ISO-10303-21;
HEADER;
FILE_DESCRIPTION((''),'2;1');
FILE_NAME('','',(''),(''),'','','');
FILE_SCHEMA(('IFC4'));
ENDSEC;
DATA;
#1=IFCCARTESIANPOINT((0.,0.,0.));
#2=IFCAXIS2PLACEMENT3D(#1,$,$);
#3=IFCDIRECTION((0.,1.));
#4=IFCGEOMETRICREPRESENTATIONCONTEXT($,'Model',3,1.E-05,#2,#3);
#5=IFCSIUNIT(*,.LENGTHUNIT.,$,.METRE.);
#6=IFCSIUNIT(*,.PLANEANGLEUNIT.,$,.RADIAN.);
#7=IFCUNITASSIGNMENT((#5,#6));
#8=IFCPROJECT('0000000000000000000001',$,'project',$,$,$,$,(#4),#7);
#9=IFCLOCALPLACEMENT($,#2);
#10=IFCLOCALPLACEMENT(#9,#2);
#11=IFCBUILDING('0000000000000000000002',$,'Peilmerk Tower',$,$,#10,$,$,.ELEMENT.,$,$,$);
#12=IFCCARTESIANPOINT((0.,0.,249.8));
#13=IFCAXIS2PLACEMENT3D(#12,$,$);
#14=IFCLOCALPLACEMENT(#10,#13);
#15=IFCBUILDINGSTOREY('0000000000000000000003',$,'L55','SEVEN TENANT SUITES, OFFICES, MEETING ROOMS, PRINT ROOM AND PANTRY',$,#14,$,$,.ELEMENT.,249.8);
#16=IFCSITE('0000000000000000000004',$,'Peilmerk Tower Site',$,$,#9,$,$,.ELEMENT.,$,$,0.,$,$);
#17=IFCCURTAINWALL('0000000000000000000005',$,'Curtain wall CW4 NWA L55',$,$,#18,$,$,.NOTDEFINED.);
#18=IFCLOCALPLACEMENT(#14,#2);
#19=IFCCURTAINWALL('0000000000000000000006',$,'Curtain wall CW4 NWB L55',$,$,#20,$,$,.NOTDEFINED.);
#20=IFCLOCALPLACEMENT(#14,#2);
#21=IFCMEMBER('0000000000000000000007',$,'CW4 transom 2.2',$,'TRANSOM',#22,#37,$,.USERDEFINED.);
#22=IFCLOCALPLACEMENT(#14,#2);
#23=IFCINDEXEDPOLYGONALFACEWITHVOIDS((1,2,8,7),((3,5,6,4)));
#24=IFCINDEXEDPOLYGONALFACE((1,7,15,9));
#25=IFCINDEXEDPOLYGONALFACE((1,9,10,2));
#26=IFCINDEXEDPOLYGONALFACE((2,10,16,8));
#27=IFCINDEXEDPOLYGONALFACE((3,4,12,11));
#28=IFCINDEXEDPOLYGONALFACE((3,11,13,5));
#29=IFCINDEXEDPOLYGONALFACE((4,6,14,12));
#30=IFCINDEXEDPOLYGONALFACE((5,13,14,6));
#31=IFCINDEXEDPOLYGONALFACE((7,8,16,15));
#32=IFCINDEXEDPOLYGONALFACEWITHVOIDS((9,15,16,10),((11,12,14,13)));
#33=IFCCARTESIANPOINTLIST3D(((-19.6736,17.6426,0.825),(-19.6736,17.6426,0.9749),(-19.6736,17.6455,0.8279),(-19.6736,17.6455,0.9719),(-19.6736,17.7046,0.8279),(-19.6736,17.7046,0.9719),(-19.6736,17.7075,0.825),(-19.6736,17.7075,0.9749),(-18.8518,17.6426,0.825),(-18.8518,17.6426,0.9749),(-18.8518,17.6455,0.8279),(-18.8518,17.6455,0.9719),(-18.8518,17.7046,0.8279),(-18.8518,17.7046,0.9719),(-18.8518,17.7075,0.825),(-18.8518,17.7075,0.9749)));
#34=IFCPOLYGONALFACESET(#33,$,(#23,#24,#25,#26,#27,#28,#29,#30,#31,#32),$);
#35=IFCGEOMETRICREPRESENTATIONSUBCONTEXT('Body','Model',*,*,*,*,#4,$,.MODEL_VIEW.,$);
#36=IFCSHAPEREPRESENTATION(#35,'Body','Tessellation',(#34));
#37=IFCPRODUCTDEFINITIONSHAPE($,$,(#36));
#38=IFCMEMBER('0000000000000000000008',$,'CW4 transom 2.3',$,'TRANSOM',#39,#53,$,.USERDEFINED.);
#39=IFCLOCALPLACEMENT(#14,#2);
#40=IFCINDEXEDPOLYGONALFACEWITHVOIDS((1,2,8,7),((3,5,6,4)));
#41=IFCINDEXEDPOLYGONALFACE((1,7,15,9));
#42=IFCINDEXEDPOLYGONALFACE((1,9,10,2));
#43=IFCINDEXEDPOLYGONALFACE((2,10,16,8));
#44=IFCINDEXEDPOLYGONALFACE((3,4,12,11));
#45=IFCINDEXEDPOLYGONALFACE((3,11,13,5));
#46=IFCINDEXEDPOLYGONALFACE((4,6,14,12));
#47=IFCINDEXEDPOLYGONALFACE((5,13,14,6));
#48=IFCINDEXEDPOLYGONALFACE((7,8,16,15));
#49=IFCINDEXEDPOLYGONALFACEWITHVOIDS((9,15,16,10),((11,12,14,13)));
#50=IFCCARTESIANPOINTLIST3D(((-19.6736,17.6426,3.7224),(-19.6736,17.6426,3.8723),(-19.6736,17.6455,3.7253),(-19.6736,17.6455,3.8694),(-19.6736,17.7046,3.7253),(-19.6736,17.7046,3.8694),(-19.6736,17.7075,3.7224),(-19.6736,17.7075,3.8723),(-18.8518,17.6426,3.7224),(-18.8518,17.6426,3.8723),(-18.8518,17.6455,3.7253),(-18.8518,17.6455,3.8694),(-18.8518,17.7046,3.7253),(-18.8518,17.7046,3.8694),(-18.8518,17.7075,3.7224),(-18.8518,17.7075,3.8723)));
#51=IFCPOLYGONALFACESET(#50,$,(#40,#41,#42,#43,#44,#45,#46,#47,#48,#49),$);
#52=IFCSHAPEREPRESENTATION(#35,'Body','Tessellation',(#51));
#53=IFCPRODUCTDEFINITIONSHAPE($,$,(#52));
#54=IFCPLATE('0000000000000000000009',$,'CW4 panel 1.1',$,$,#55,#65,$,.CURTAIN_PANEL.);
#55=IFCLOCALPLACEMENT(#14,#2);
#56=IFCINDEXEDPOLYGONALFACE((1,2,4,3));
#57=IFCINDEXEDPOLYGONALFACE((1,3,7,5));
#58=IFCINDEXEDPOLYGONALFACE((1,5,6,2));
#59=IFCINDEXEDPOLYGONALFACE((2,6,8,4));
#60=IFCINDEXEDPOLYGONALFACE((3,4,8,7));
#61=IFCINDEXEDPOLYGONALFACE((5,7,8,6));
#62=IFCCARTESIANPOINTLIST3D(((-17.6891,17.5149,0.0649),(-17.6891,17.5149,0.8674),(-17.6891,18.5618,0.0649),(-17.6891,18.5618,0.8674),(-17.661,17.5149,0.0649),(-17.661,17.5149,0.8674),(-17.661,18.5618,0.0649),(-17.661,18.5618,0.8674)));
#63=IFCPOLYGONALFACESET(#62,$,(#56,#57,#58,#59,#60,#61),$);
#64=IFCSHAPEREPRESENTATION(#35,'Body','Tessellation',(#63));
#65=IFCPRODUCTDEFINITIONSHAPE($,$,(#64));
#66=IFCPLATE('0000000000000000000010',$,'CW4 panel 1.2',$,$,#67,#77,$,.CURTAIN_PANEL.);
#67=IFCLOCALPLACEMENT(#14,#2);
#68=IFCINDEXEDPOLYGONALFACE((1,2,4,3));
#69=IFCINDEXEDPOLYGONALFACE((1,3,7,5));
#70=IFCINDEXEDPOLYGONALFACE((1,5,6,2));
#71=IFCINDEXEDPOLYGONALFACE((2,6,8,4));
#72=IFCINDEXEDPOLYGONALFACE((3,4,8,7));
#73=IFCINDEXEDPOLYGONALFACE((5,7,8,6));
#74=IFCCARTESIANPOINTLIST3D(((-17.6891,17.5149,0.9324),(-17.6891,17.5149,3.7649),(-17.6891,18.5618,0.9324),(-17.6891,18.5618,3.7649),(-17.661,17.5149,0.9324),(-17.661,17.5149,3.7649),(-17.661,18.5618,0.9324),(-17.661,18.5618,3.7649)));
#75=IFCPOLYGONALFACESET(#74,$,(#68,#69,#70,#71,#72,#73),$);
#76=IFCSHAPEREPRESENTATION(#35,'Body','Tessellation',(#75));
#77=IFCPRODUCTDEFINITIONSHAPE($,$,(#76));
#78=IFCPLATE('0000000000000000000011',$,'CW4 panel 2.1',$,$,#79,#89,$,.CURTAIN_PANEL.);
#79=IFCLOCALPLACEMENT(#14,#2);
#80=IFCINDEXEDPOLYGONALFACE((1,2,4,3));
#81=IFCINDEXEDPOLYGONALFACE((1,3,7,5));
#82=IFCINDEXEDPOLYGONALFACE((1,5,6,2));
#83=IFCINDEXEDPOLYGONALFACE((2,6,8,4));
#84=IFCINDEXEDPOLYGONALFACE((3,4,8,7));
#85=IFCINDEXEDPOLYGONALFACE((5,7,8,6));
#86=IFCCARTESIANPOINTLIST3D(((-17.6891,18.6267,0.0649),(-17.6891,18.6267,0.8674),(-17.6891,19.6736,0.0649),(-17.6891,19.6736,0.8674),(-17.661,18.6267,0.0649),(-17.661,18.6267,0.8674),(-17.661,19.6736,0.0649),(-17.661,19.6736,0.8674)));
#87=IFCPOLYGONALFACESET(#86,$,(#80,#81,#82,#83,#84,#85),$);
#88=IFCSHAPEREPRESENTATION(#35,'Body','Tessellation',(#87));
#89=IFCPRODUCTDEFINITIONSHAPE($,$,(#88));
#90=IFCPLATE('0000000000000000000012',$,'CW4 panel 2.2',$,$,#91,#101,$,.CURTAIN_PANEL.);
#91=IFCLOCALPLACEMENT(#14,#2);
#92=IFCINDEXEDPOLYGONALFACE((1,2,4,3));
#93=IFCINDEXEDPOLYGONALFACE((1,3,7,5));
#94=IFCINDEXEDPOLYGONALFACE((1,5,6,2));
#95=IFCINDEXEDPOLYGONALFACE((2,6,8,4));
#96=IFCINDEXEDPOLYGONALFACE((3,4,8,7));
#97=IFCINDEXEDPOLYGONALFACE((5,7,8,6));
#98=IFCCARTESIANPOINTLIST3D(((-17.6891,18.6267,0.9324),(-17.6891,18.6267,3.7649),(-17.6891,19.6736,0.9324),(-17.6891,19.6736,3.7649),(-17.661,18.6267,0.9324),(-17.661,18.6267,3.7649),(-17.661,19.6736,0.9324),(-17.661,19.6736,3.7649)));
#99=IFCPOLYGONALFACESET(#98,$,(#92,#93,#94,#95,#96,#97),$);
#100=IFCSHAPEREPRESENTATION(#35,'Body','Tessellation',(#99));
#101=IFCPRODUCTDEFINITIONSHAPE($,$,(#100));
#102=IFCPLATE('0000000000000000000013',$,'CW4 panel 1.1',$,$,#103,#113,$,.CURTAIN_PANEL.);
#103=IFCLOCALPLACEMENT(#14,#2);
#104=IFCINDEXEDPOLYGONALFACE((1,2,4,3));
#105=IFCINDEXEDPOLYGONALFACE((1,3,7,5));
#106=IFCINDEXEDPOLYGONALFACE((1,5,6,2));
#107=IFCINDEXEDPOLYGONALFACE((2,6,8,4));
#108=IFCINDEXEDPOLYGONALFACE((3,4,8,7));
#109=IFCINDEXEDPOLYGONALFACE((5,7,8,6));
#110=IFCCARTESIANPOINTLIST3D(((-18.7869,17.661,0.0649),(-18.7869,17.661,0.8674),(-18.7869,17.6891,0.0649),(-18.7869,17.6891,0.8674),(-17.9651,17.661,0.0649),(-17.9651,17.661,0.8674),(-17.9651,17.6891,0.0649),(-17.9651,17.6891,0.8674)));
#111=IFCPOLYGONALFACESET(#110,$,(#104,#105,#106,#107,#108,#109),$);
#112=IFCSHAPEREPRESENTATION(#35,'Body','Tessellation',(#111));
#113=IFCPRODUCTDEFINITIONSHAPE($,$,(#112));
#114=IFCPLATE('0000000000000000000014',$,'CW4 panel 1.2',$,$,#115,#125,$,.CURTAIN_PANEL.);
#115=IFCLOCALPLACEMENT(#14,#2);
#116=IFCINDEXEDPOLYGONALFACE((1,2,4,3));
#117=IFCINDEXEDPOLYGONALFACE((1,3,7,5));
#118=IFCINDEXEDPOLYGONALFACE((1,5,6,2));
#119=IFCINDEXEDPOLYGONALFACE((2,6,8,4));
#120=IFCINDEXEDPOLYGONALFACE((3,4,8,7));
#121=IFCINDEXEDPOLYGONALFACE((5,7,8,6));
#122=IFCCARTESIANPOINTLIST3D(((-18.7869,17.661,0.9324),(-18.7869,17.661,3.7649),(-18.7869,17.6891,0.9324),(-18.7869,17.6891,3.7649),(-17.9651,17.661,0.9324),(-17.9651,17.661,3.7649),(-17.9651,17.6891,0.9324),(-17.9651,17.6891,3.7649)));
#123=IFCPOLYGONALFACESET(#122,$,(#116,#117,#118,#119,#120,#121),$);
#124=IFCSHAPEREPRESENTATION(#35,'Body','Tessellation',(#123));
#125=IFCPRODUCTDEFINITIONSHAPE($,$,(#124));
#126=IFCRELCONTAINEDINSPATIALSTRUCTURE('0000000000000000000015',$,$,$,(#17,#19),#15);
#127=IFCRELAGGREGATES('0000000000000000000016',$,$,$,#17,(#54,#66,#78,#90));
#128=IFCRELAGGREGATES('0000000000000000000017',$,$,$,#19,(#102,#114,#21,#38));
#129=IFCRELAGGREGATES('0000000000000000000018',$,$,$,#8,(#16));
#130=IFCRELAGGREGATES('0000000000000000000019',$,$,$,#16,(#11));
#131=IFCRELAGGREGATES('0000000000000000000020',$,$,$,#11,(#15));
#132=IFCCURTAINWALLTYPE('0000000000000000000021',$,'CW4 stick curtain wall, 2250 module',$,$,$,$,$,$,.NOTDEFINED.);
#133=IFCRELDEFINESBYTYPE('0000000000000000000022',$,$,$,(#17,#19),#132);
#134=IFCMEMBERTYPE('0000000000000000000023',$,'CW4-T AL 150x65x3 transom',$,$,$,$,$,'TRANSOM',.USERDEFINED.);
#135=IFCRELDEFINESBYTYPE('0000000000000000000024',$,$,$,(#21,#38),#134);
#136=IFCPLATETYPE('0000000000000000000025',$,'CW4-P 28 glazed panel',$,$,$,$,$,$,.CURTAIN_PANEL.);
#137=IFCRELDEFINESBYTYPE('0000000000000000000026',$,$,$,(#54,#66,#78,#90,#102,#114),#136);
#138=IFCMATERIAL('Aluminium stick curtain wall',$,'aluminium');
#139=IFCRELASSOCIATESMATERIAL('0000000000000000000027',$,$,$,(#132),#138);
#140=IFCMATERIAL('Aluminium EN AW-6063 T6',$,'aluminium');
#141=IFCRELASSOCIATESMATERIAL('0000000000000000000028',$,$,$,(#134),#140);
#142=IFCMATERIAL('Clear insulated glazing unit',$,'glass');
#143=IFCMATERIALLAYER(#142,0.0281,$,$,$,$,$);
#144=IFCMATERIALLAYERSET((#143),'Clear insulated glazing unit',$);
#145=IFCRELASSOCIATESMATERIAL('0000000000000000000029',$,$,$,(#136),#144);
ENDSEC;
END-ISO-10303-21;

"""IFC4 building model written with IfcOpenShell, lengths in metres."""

from ifc_helpers import new_model, si_unit, direction, frame, origin, origin_2d, place, context, subcontext, project, spatial, rectangle, hollow_rectangle, extrude, material, layer, layer_set, material_profile, profile_set, type_object, element, aggregate, save


model = new_model("IFC4")

# Units and contexts
model_context = context("Model", 3, precision=1e-05, world=origin(), true_north=direction((0.0, 1.0)))
body_context = subcontext(model_context, "Body", "Model", "MODEL_VIEW")
ifc_project = project(units=[si_unit("LENGTHUNIT", "METRE"), si_unit("PLANEANGLEUNIT", "RADIAN")], contexts=[model_context])

# Site, building, storey
site_placement = place(None, origin())
site = spatial("IfcSite", under=ifc_project, at=site_placement, Name="Peilmerk Tower Site", CompositionType="ELEMENT", RefElevation=0.0)
building_placement = place(site_placement, origin())
building = spatial("IfcBuilding", under=site, at=building_placement, Name="Peilmerk Tower", CompositionType="ELEMENT")
storey_placement = place(building_placement, frame((0.0, 0.0, 249.8)))
storey = spatial("IfcBuildingStorey", under=building, at=storey_placement, Name="L55", Description="SEVEN TENANT SUITES, OFFICES, MEETING ROOMS, PRINT ROOM AND PANTRY", CompositionType="ELEMENT", Elevation=249.8)

# Curtain walls
ifc_material_1 = material(Name="Aluminium stick curtain wall", Category="aluminium")
curtain_wall_type = type_object("IfcCurtainWallType", Name="CW4 stick curtain wall, 2250 module", PredefinedType="NOTDEFINED", material=ifc_material_1)
curtain_wall_1_placement = place(storey_placement, origin())
curtain_wall_1 = element("IfcCurtainWall", 1, at=curtain_wall_1_placement, inside=storey, type_object=curtain_wall_type, Name="Curtain wall CW4 NWA L55", PredefinedType="NOTDEFINED")
ifc_material_2 = material(Name="Aluminium EN AW-6063 T6", Category="aluminium")
curtain_wall_2_placement = place(storey_placement, origin())
curtain_wall_2 = element("IfcCurtainWall", 2, at=curtain_wall_2_placement, inside=storey, type_object=curtain_wall_type, Name="Curtain wall CW4 NWB L55", PredefinedType="NOTDEFINED")

# Members
ifc_material_profile_1 = material_profile(ifc_material_2, hollow_rectangle(XDim=0.0649, YDim=0.1499, WallThickness=0.0029, at=origin_2d()), Name="AL 150x65x3")
ifc_profile_set_1 = profile_set([ifc_material_profile_1], Name="Aluminium EN AW-6063 T6")
member_type_1 = type_object("IfcMemberType", Name="CW4-T AL 150x65x3 transom", ElementType="TRANSOM", PredefinedType="USERDEFINED", material=ifc_profile_set_1)
member_1_placement = place(storey_placement, frame((-18.8518, 17.675, 0.8999), z_axis=(-1.0, 0.0, 0.0), x_axis=(0.0, -1.0, 0.0)))
member_1 = element("IfcMember", 3, at=member_1_placement, type_object=member_type_1, Name="CW4 transom 2.2", ObjectType="TRANSOM", PredefinedType="USERDEFINED", context=body_context, shape_type="SweptSolid", body=[
    extrude(hollow_rectangle(XDim=0.0649, YDim=0.1499, WallThickness=0.0029, at=origin_2d()), origin(), (0.0, 0.0, 1.0), 0.8218),
])
member_2_placement = place(storey_placement, frame((-18.8518, 17.675, 3.7974), z_axis=(-1.0, 0.0, 0.0), x_axis=(0.0, -1.0, 0.0)))
member_2 = element("IfcMember", 4, at=member_2_placement, type_object=member_type_1, Name="CW4 transom 2.3", ObjectType="TRANSOM", PredefinedType="USERDEFINED", context=body_context, shape_type="SweptSolid", body=[
    extrude(hollow_rectangle(XDim=0.0649, YDim=0.1499, WallThickness=0.0029, at=origin_2d()), origin(), (0.0, 0.0, 1.0), 0.8218),
])

# Plates
ifc_material_3 = material(Name="Clear insulated glazing unit", Category="glass")
ifc_layer_1 = layer(ifc_material_3, 0.0281)
ifc_layer_set_1 = layer_set([ifc_layer_1], Name="Clear insulated glazing unit")
plate_type = type_object("IfcPlateType", Name="CW4-P 28 glazed panel", PredefinedType="CURTAIN_PANEL", material=ifc_layer_set_1)
plate_1_placement = place(storey_placement, frame((-17.675, 18.0383, 0.0649), z_axis=(0.0, 0.0, 1.0), x_axis=(0.0, 1.0, 0.0)))
plate_1 = element("IfcPlate", 5, at=plate_1_placement, type_object=plate_type, Name="CW4 panel 1.1", PredefinedType="CURTAIN_PANEL", context=body_context, shape_type="SweptSolid", body=[
    extrude(rectangle(XDim=1.0469, YDim=0.0281, at=origin_2d()), origin(), (0.0, 0.0, 1.0), 0.8025),
])
plate_2_placement = place(storey_placement, frame((-17.675, 18.0383, 0.9324), z_axis=(0.0, 0.0, 1.0), x_axis=(0.0, 1.0, 0.0)))
plate_2 = element("IfcPlate", 6, at=plate_2_placement, type_object=plate_type, Name="CW4 panel 1.2", PredefinedType="CURTAIN_PANEL", context=body_context, shape_type="SweptSolid", body=[
    extrude(rectangle(XDim=1.0469, YDim=0.0281, at=origin_2d()), origin(), (0.0, 0.0, 1.0), 2.8325),
])
plate_3_placement = place(storey_placement, frame((-17.675, 19.1501, 0.0649), z_axis=(0.0, 0.0, 1.0), x_axis=(0.0, 1.0, 0.0)))
plate_3 = element("IfcPlate", 7, at=plate_3_placement, type_object=plate_type, Name="CW4 panel 2.1", PredefinedType="CURTAIN_PANEL", context=body_context, shape_type="SweptSolid", body=[
    extrude(rectangle(XDim=1.0469, YDim=0.0281, at=origin_2d()), origin(), (0.0, 0.0, 1.0), 0.8025),
])
plate_4_placement = place(storey_placement, frame((-17.675, 19.1501, 0.9324), z_axis=(0.0, 0.0, 1.0), x_axis=(0.0, 1.0, 0.0)))
plate_4 = element("IfcPlate", 8, at=plate_4_placement, type_object=plate_type, Name="CW4 panel 2.2", PredefinedType="CURTAIN_PANEL", context=body_context, shape_type="SweptSolid", body=[
    extrude(rectangle(XDim=1.0469, YDim=0.0281, at=origin_2d()), origin(), (0.0, 0.0, 1.0), 2.8325),
])
aggregate(curtain_wall_1, [plate_1, plate_2, plate_3, plate_4])
plate_5_placement = place(storey_placement, frame((-18.376, 17.675, 0.0649), z_axis=(0.0, 0.0, 1.0), x_axis=(-1.0, 0.0, 0.0)))
plate_5 = element("IfcPlate", 9, at=plate_5_placement, type_object=plate_type, Name="CW4 panel 1.1", PredefinedType="CURTAIN_PANEL", context=body_context, shape_type="SweptSolid", body=[
    extrude(rectangle(XDim=0.8218, YDim=0.0281, at=origin_2d()), origin(), (0.0, 0.0, 1.0), 0.8025),
])
plate_6_placement = place(storey_placement, frame((-18.376, 17.675, 0.9324), z_axis=(0.0, 0.0, 1.0), x_axis=(-1.0, 0.0, 0.0)))
plate_6 = element("IfcPlate", 10, at=plate_6_placement, type_object=plate_type, Name="CW4 panel 1.2", PredefinedType="CURTAIN_PANEL", context=body_context, shape_type="SweptSolid", body=[
    extrude(rectangle(XDim=0.8218, YDim=0.0281, at=origin_2d()), origin(), (0.0, 0.0, 1.0), 2.8325),
])
aggregate(curtain_wall_2, [plate_5, plate_6, member_1, member_2])

save(model, "model.ifc")
